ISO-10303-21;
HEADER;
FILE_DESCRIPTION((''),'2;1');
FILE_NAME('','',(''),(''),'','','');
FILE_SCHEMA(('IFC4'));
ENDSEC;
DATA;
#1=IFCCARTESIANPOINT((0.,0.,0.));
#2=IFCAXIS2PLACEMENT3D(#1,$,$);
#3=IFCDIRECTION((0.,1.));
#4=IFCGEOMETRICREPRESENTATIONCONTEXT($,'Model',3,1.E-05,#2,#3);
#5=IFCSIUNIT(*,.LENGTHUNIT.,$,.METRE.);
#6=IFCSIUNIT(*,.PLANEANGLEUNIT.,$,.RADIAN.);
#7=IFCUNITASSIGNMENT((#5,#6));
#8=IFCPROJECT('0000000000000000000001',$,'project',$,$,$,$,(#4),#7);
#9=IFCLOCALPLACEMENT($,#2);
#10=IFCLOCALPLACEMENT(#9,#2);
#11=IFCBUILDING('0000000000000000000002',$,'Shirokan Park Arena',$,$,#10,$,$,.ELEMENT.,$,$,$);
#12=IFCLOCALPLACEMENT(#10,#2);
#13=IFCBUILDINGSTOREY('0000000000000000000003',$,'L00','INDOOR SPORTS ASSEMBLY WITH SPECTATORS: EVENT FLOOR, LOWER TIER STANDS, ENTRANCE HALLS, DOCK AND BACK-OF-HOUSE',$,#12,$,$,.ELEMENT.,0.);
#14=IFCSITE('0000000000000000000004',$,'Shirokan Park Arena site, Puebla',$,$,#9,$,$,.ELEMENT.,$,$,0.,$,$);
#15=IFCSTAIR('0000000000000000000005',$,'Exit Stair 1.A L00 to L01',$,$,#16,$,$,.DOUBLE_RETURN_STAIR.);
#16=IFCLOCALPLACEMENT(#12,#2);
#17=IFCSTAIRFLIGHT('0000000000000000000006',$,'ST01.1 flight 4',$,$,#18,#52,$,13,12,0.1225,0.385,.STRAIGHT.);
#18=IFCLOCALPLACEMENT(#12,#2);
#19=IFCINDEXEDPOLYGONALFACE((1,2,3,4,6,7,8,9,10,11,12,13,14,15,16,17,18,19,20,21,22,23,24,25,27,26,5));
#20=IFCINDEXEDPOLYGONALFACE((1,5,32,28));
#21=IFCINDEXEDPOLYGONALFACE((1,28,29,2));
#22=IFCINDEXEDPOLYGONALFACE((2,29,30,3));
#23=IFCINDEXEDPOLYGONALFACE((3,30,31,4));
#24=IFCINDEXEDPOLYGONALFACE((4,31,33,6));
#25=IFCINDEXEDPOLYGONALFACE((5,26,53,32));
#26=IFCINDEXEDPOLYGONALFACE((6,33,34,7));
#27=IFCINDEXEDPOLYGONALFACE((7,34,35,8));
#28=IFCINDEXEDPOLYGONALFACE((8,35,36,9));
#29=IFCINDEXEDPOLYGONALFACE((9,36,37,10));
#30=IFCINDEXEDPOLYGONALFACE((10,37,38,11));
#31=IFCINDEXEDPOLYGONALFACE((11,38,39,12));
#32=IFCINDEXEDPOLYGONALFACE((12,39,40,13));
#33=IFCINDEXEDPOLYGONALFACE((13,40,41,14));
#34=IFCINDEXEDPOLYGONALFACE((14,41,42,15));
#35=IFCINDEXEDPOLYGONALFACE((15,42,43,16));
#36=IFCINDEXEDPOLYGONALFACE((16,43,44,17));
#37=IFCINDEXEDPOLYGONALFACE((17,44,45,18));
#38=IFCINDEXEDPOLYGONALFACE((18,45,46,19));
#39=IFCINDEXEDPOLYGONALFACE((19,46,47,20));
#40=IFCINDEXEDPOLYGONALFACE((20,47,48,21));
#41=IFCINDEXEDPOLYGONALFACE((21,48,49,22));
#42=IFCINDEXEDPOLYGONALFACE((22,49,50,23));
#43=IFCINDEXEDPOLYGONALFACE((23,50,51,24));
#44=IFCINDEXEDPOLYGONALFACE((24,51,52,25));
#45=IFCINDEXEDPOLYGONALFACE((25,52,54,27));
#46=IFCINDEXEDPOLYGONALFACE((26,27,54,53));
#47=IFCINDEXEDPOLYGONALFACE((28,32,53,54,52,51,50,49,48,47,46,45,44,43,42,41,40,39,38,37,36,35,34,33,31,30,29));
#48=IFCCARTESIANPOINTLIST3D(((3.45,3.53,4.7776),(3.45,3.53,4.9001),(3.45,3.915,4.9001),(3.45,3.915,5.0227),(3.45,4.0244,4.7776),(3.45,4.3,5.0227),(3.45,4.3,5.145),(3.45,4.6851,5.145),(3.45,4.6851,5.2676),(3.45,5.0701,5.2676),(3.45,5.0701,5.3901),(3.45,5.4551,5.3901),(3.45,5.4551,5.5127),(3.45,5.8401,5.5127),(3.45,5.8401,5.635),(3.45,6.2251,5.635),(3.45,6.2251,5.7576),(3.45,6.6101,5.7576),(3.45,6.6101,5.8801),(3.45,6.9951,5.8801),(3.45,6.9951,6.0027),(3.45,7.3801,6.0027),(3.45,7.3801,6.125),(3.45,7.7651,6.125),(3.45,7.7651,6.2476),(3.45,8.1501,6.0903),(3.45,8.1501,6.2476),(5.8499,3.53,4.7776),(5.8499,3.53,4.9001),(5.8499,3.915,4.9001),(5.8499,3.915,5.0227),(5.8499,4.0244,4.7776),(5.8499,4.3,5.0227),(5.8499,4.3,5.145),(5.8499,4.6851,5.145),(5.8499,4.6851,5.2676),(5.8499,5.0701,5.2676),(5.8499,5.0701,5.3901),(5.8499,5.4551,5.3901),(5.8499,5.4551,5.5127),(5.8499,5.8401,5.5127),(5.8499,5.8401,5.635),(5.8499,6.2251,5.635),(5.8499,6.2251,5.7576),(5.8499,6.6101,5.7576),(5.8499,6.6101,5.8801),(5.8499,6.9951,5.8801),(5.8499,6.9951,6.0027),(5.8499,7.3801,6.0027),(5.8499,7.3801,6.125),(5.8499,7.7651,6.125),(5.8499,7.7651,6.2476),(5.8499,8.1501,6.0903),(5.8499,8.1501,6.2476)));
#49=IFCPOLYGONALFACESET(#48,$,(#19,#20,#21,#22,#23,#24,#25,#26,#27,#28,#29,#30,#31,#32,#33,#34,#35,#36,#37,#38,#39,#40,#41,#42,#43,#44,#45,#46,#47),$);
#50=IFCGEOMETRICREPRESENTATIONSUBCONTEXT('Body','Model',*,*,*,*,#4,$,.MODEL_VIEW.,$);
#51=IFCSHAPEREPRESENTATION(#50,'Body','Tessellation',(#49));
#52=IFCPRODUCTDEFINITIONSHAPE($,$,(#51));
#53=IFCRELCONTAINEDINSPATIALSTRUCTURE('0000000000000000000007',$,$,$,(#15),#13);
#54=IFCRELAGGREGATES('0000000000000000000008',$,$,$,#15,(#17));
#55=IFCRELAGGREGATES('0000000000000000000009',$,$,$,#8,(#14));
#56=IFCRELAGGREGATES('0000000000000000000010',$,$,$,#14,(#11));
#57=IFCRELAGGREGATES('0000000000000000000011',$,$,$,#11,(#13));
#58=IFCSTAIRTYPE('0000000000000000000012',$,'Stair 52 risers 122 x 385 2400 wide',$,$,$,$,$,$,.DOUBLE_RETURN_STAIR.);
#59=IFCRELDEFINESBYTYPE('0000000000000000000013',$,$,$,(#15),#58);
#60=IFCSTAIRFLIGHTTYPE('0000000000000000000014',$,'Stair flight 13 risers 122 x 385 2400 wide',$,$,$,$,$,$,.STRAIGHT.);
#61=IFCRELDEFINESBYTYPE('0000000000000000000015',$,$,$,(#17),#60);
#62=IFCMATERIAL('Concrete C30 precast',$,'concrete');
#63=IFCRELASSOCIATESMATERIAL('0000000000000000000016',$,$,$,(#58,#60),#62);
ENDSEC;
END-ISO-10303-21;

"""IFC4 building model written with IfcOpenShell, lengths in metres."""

from ifc_helpers import new_model, si_unit, direction, frame, origin, place, context, subcontext, project, spatial, polyline, outline, extrude, material, type_object, element, aggregate, save


model = new_model("IFC4")

# Units and contexts
model_context = context("Model", 3, precision=1e-05, world=origin(), true_north=direction((0.0, 1.0)))
body_context = subcontext(model_context, "Body", "Model", "MODEL_VIEW")
ifc_project = project(units=[si_unit("LENGTHUNIT", "METRE"), si_unit("PLANEANGLEUNIT", "RADIAN")], contexts=[model_context])

# Site, building, storey
site_placement = place(None, origin())
site = spatial("IfcSite", under=ifc_project, at=site_placement, Name="Shirokan Park Arena site, Puebla", CompositionType="ELEMENT", RefElevation=0.0)
building_placement = place(site_placement, origin())
building = spatial("IfcBuilding", under=site, at=building_placement, Name="Shirokan Park Arena", CompositionType="ELEMENT")
storey_placement = place(building_placement, origin())
storey = spatial("IfcBuildingStorey", under=building, at=storey_placement, Name="L00", Description="INDOOR SPORTS ASSEMBLY WITH SPECTATORS: EVENT FLOOR, LOWER TIER STANDS, ENTRANCE HALLS, DOCK AND BACK-OF-HOUSE", CompositionType="ELEMENT", Elevation=0.0)

# Stair, stair flight
ifc_material_1 = material(Name="Concrete C30 precast", Category="concrete")
stair_type = type_object("IfcStairType", Name="Stair 52 risers 122 x 385 2400 wide", PredefinedType="DOUBLE_RETURN_STAIR", material=ifc_material_1)
stair_placement = place(storey_placement, origin())
stair = element("IfcStair", 1, at=stair_placement, inside=storey, type_object=stair_type, Name="Exit Stair 1.A L00 to L01", PredefinedType="DOUBLE_RETURN_STAIR")
stair_flight_type = type_object("IfcStairFlightType", Name="Stair flight 13 risers 122 x 385 2400 wide", PredefinedType="STRAIGHT", material=ifc_material_1)
stair_flight_1_placement = place(storey_placement, frame((4.6499, 3.53, 4.7776), z_axis=(0.0, 0.0, 1.0), x_axis=(0.0, 1.0, 0.0)))
stair_flight_1 = element("IfcStairFlight", 2, at=stair_flight_1_placement, type_object=stair_flight_type, Name="ST01.1 flight 4", NumberOfRisers=13, NumberOfTreads=12, PredefinedType="STRAIGHT", RiserHeight=0.1225, TreadLength=0.385, context=body_context, shape_type="SweptSolid", body=[
    extrude(outline(polyline([(0.0, 0.0), (0.0, 0.1226), (0.385, 0.1226), (0.385, 0.2451), (0.77, 0.2451), (0.77, 0.3674), (1.155, 0.3674), (1.155, 0.49), (1.54, 0.49), (1.54, 0.6125), (1.925, 0.6125), (1.925, 0.7351), (2.3101, 0.7351), (2.3101, 0.8574), (2.6951, 0.8574), (2.6951, 0.98), (3.0801, 0.98), (3.0801, 1.1025), (3.4651, 1.1025), (3.4651, 1.2251), (3.8501, 1.2251), (3.8501, 1.3474), (4.2351, 1.3474), (4.2351, 1.47), (4.6201, 1.47), (4.6201, 1.5925), (4.6201, 1.3127), (0.4944, 0.0), (0.0, 0.0)])), frame((0.0, 1.2, 0.0), z_axis=(0.0, -1.0, 0.0), x_axis=(1.0, 0.0, 0.0)), (0.0, 0.0, 1.0), 2.3999),
])
aggregate(stair, [stair_flight_1])

save(model, "model.ifc")
